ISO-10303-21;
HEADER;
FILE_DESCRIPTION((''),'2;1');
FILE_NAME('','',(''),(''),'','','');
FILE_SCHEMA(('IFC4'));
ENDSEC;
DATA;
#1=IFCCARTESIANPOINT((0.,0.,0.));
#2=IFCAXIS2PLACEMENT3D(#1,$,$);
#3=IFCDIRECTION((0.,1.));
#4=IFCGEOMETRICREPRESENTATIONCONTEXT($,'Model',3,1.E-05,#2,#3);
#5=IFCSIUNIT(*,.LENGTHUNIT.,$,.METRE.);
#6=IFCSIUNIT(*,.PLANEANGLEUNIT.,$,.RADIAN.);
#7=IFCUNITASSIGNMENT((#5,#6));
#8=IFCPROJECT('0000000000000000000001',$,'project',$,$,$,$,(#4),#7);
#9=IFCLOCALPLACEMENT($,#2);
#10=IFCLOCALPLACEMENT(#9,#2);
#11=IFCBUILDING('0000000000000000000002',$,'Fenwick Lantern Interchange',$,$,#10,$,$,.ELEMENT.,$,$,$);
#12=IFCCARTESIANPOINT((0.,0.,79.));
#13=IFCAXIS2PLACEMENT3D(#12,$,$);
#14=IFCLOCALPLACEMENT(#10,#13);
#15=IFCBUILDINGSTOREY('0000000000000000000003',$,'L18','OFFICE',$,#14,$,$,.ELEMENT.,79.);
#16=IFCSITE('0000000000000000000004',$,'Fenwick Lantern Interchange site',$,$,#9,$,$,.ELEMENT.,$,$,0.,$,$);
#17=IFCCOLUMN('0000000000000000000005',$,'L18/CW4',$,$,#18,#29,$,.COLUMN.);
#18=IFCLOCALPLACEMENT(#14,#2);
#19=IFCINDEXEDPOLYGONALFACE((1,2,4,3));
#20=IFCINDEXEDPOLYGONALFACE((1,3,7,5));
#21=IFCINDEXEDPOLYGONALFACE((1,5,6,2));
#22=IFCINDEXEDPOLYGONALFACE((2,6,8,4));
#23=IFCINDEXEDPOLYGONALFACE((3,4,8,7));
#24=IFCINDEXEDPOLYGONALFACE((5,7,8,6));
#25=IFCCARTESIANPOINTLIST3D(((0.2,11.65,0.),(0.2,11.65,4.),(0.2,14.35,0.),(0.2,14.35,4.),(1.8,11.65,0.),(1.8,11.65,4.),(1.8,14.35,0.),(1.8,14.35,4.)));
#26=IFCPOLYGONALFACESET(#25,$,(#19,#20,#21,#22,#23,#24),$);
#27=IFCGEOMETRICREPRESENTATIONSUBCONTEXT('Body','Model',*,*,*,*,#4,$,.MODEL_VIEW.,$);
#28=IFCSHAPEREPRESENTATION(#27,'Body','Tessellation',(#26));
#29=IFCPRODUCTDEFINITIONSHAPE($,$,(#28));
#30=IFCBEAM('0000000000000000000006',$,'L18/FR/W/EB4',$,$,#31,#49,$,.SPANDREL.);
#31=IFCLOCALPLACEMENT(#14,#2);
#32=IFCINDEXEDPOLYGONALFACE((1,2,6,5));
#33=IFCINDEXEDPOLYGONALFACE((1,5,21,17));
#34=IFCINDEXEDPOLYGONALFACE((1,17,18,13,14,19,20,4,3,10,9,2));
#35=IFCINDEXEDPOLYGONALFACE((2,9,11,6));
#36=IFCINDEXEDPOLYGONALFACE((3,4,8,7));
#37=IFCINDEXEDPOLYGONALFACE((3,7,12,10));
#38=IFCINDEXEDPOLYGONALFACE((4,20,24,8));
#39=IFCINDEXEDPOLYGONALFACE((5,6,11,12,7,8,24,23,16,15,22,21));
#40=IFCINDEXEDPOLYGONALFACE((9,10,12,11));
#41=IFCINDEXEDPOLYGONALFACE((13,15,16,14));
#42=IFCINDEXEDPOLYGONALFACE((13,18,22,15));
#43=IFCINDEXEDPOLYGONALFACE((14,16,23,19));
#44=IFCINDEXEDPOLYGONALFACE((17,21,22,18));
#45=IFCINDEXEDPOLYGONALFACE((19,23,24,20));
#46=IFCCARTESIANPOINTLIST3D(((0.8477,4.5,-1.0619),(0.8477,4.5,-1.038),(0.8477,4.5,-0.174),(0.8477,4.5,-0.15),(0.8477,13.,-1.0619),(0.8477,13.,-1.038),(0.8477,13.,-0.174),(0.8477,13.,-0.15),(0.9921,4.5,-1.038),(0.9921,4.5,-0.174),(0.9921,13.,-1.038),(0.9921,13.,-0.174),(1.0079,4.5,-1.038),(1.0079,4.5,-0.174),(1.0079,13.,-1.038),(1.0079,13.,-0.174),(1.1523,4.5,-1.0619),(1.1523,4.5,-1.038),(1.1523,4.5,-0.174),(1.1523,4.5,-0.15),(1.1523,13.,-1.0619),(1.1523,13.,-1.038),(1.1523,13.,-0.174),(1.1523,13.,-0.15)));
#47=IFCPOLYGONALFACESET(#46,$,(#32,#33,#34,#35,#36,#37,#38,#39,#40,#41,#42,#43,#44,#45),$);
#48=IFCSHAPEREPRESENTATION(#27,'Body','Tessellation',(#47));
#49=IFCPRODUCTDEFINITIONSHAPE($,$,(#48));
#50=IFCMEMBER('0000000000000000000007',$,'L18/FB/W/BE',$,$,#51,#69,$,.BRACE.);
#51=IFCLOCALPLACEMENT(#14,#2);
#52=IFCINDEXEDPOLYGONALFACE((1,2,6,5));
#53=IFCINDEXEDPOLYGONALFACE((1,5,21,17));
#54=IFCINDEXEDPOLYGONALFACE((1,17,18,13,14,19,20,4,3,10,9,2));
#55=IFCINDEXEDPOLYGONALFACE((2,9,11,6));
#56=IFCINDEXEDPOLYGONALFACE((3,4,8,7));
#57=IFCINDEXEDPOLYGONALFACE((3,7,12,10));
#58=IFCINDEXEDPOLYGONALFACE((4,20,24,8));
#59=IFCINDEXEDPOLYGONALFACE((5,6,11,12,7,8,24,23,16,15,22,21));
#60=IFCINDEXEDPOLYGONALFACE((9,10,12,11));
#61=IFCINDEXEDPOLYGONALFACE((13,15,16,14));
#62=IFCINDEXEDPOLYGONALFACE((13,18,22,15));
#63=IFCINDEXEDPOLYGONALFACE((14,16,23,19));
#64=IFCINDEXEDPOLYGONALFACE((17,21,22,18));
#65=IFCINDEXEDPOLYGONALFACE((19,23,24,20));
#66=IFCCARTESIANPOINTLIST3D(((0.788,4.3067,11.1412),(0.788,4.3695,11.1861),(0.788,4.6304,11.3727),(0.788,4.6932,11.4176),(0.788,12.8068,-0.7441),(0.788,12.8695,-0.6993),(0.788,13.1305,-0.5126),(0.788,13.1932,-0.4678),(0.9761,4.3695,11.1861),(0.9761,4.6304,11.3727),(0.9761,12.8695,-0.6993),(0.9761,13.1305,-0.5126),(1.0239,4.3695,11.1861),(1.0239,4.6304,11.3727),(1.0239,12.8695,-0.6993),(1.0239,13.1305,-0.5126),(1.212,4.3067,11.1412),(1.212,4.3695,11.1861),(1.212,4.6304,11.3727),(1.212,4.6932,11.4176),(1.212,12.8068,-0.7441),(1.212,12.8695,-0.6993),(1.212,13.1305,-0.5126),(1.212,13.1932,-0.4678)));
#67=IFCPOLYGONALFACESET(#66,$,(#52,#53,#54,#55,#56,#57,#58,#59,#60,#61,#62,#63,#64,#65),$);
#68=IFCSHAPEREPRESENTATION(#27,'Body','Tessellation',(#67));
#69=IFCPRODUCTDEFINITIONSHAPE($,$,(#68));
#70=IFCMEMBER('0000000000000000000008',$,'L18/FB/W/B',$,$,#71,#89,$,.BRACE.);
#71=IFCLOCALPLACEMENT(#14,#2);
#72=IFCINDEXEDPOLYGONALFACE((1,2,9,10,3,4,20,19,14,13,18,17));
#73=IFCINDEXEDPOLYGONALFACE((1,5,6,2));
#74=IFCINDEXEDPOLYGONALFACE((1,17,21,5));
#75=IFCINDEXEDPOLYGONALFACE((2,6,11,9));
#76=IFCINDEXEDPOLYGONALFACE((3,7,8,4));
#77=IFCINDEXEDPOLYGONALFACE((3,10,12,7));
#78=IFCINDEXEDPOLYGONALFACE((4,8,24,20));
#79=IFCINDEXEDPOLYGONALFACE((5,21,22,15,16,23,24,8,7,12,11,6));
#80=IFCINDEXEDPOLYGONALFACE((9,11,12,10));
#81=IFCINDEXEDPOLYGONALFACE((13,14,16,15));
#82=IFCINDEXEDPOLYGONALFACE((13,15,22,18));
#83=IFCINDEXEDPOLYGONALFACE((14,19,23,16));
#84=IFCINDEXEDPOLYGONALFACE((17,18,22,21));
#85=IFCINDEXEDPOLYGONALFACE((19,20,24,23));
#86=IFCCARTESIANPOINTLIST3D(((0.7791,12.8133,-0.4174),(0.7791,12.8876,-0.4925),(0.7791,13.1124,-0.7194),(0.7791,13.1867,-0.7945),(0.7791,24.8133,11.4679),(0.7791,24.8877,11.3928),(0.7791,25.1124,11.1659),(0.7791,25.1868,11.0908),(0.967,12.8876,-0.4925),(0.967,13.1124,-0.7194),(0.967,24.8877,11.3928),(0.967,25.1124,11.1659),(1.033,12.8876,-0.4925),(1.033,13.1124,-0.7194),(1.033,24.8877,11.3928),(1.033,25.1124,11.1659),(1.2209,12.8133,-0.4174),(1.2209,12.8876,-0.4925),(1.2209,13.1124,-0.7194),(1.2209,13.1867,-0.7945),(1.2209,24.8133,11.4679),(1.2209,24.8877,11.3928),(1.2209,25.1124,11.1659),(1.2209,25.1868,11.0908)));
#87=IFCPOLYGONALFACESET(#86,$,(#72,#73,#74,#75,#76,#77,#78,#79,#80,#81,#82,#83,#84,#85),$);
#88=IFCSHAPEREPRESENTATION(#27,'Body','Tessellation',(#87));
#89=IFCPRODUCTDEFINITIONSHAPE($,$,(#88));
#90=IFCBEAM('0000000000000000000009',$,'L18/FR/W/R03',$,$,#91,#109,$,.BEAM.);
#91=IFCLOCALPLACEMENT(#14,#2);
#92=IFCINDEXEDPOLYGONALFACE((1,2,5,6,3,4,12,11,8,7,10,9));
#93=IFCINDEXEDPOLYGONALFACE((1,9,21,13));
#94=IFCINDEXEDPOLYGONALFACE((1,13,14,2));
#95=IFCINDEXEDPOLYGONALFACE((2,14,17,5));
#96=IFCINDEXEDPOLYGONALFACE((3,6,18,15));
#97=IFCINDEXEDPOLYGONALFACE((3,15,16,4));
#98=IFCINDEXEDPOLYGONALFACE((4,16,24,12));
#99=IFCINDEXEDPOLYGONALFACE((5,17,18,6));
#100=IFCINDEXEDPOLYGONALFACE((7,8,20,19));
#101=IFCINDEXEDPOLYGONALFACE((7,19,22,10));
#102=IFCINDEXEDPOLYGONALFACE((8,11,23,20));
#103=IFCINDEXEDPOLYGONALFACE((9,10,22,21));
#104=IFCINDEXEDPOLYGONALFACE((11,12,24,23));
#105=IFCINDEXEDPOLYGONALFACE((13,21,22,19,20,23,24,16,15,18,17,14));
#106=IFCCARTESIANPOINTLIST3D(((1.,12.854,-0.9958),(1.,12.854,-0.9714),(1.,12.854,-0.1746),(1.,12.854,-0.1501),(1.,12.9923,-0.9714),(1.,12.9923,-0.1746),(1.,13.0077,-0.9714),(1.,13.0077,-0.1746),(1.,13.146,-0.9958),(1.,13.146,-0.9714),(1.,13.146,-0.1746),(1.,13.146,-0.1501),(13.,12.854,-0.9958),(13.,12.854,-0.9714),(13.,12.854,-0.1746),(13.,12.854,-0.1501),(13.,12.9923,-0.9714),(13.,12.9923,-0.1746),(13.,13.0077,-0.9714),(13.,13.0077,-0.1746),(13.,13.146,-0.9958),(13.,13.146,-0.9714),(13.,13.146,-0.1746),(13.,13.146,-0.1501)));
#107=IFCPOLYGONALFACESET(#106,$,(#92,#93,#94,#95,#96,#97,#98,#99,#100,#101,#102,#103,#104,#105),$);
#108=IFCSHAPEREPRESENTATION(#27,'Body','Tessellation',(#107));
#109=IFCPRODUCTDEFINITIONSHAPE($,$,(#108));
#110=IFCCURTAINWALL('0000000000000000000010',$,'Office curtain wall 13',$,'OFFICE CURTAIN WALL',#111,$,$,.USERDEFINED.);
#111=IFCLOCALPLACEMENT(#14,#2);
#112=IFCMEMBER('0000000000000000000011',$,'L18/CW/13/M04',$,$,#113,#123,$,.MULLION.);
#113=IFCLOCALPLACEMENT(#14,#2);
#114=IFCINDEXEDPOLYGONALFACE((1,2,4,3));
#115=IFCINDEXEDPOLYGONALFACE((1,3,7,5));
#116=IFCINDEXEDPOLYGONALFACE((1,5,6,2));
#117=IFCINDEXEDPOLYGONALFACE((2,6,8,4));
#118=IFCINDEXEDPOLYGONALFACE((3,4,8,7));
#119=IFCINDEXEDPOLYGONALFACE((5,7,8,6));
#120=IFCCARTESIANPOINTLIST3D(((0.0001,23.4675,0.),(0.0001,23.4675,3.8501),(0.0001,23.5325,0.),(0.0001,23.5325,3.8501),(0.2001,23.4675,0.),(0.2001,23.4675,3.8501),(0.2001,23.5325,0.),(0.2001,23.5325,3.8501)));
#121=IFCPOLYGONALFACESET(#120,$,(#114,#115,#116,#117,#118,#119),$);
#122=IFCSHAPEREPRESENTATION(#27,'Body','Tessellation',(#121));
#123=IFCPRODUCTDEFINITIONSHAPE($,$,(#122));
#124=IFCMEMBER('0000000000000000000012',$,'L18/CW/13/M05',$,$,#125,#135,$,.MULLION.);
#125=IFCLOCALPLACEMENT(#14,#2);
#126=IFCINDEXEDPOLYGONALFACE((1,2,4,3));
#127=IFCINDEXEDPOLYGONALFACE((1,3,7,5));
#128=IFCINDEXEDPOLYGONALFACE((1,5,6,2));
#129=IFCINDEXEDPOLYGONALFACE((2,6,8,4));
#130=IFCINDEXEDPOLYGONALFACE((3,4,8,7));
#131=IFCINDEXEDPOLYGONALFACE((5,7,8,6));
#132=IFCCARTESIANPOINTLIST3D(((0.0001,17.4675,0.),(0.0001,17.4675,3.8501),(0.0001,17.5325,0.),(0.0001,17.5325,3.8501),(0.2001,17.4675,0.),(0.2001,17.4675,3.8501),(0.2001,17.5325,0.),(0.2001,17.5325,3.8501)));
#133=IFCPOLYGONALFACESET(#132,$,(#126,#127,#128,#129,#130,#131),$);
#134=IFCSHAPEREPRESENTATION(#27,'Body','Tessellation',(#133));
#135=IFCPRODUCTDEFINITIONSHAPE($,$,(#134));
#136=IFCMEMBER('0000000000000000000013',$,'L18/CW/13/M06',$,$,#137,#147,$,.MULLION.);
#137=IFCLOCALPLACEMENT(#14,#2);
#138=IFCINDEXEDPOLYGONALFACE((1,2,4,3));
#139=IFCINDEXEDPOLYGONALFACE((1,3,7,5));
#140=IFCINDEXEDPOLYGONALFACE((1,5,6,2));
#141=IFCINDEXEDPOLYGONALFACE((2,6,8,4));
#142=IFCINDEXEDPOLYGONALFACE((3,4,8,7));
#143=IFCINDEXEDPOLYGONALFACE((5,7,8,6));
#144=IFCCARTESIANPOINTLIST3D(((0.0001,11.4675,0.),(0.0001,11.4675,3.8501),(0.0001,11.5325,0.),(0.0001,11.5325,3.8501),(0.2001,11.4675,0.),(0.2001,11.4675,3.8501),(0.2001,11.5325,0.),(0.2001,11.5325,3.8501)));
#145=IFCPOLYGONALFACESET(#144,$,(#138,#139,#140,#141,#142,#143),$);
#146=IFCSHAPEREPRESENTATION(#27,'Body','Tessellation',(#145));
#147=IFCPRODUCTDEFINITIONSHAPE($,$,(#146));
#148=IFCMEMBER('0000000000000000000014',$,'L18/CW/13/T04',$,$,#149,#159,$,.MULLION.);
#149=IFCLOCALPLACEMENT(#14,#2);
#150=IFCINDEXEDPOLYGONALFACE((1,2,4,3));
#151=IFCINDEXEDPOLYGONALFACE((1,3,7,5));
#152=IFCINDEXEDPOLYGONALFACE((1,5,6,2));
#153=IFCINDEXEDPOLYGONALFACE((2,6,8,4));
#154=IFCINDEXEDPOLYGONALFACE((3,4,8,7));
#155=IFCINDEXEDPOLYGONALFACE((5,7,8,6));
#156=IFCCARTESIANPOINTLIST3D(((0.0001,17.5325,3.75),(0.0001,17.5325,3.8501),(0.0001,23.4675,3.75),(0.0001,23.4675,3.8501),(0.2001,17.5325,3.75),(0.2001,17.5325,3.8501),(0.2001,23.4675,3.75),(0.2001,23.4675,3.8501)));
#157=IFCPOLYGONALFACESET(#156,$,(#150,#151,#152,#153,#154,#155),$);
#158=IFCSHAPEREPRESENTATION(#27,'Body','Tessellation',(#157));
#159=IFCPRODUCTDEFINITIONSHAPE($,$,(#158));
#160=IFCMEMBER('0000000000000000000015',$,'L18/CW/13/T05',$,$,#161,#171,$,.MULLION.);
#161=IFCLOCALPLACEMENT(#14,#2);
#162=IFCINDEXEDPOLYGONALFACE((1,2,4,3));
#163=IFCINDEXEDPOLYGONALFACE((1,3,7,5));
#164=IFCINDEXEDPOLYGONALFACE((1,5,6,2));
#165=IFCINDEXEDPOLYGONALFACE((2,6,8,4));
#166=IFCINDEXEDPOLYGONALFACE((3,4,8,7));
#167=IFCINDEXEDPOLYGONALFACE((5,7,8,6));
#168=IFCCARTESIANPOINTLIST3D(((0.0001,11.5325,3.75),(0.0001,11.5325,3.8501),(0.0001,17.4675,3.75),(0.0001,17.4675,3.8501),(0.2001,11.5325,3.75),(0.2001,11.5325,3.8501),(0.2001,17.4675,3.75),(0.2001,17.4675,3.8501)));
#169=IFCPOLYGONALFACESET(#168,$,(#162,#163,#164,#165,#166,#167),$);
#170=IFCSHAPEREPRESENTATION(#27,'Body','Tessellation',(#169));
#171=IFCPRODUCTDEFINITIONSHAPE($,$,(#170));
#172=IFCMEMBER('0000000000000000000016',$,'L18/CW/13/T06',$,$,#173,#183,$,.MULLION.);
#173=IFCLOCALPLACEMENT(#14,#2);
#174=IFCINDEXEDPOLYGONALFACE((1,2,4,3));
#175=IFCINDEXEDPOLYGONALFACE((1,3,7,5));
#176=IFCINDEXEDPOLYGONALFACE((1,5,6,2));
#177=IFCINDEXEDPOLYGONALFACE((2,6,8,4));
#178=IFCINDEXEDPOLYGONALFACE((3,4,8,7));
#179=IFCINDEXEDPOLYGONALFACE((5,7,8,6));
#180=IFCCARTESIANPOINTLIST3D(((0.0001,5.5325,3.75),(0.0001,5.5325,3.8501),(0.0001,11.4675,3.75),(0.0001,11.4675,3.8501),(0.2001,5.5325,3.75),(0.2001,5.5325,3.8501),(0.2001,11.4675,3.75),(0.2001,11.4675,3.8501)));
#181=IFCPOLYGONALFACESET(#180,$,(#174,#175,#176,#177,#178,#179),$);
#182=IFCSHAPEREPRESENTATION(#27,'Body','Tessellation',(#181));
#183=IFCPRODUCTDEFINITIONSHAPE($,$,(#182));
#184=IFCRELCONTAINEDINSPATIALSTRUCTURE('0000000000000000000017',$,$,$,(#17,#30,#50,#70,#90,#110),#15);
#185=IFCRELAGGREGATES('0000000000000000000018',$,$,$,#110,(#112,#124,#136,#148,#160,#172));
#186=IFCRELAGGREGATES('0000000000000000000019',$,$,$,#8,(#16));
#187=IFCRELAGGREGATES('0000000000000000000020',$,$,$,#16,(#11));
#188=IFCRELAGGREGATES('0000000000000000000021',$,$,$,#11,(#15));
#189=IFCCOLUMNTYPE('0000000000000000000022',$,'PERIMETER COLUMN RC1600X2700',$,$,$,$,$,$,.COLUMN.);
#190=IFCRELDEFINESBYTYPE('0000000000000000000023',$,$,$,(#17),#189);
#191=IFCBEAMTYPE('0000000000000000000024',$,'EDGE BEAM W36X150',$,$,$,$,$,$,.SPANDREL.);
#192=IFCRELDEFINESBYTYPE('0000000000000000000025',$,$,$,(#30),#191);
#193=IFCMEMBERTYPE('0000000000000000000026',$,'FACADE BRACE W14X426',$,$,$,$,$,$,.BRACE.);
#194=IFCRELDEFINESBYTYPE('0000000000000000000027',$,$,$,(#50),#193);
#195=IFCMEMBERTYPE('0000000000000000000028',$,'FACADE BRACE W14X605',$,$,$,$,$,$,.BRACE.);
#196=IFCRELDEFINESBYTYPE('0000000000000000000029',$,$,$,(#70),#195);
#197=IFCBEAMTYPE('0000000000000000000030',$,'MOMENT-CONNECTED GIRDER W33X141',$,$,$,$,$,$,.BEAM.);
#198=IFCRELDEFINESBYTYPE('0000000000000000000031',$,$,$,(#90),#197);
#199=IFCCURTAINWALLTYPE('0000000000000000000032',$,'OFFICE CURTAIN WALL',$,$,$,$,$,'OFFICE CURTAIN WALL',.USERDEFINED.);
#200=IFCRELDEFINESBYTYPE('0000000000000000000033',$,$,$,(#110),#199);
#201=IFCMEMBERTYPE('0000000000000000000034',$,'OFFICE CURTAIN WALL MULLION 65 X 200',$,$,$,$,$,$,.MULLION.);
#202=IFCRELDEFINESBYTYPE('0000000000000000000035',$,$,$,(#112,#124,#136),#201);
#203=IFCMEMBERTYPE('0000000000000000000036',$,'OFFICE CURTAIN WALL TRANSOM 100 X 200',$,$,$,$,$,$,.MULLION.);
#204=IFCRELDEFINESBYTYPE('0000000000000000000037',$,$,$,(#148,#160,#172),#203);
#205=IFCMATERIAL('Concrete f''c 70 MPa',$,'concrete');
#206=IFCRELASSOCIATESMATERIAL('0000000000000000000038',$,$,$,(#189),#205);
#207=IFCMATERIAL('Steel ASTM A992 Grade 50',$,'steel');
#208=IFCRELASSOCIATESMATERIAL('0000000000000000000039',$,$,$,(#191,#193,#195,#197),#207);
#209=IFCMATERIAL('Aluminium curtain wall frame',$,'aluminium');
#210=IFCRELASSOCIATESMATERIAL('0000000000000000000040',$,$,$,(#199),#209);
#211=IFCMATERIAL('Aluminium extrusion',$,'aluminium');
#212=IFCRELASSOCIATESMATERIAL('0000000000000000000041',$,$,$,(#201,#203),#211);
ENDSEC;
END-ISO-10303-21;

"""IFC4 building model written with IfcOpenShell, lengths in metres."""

from ifc_helpers import new_model, si_unit, direction, frame, origin, origin_2d, place, context, subcontext, project, spatial, rectangle, i_section, extrude, material, material_profile, profile_set, type_object, element, aggregate, save


model = new_model("IFC4")

# Units and contexts
model_context = context("Model", 3, precision=1e-05, world=origin(), true_north=direction((0.0, 1.0)))
body_context = subcontext(model_context, "Body", "Model", "MODEL_VIEW")
ifc_project = project(units=[si_unit("LENGTHUNIT", "METRE"), si_unit("PLANEANGLEUNIT", "RADIAN")], contexts=[model_context])

# Site, building, storey
site_placement = place(None, origin())
site = spatial("IfcSite", under=ifc_project, at=site_placement, Name="Fenwick Lantern Interchange site", CompositionType="ELEMENT", RefElevation=0.0)
building_placement = place(site_placement, origin())
building = spatial("IfcBuilding", under=site, at=building_placement, Name="Fenwick Lantern Interchange", CompositionType="ELEMENT")
storey_placement = place(building_placement, frame((0.0, 0.0, 79.0)))
storey = spatial("IfcBuildingStorey", under=building, at=storey_placement, Name="L18", Description="OFFICE", CompositionType="ELEMENT", Elevation=79.0)

# Column
ifc_material_1 = material(Name="Concrete f'c 70 MPa", Category="concrete")
ifc_material_profile_1 = material_profile(ifc_material_1, rectangle(XDim=1.6001, YDim=2.7, at=origin_2d()), Name="RC1600X2700")
ifc_profile_set_1 = profile_set([ifc_material_profile_1], Name="Concrete f'c 70 MPa")
column_type = type_object("IfcColumnType", Name="PERIMETER COLUMN RC1600X2700", PredefinedType="COLUMN", material=ifc_profile_set_1)
column_placement = place(storey_placement, frame((1.0, 13.0, 0.0), z_axis=(0.0, 0.0, 1.0), x_axis=(1.0, 0.0, 0.0)))
element("IfcColumn", 1, at=column_placement, inside=storey, type_object=column_type, Name="L18/CW4", PredefinedType="COLUMN", context=body_context, shape_type="SweptSolid", body=[
    extrude(rectangle(XDim=1.6001, YDim=2.7, at=origin_2d()), origin(), (0.0, 0.0, 1.0), 4.0),
])

# Beam
ifc_material_2 = material(Name="Steel ASTM A992 Grade 50", Category="steel")
ifc_material_profile_2 = material_profile(ifc_material_2, i_section(OverallWidth=0.3047, OverallDepth=0.9119, WebThickness=0.0159, FlangeThickness=0.0239, at=origin_2d()), Name="W36X150")
ifc_profile_set_2 = profile_set([ifc_material_profile_2], Name="Steel ASTM A992 Grade 50")
beam_type_1 = type_object("IfcBeamType", Name="EDGE BEAM W36X150", PredefinedType="SPANDREL", material=ifc_profile_set_2)
beam_1_placement = place(storey_placement, frame((1.0, 13.0, -0.606), z_axis=(0.0, -1.0, 0.0), x_axis=(1.0, 0.0, 0.0)))
element("IfcBeam", 2, at=beam_1_placement, inside=storey, type_object=beam_type_1, Name="L18/FR/W/EB4", PredefinedType="SPANDREL", context=body_context, shape_type="SweptSolid", body=[
    extrude(i_section(OverallWidth=0.3047, OverallDepth=0.9119, WebThickness=0.0159, FlangeThickness=0.0239, at=origin_2d()), origin(), (0.0, 0.0, 1.0), 8.5),
])

# Members
ifc_material_profile_3 = material_profile(ifc_material_2, i_section(OverallWidth=0.4241, OverallDepth=0.4751, WebThickness=0.0479, FlangeThickness=0.0771, at=origin_2d()), Name="W14X426")
ifc_profile_set_3 = profile_set([ifc_material_profile_3], Name="Steel ASTM A992 Grade 50")
member_type_1 = type_object("IfcMemberType", Name="FACADE BRACE W14X426", PredefinedType="BRACE", material=ifc_profile_set_3)
member_1_placement = place(storey_placement, frame((1.0, 13.0, -0.606), z_axis=(0.0, -0.581715, 0.813392), x_axis=(1.0, 0.0, 0.0)))
element("IfcMember", 3, at=member_1_placement, inside=storey, type_object=member_type_1, Name="L18/FB/W/BE", PredefinedType="BRACE", context=body_context, shape_type="SweptSolid", body=[
    extrude(i_section(OverallWidth=0.4241, OverallDepth=0.4751, WebThickness=0.0479, FlangeThickness=0.0771, at=origin_2d()), origin(), (0.0, 0.0, 1.0), 14.6121),
])
ifc_material_profile_4 = material_profile(ifc_material_2, i_section(OverallWidth=0.4419, OverallDepth=0.5308, WebThickness=0.0659, FlangeThickness=0.1057, at=origin_2d()), Name="W14X605")
ifc_profile_set_4 = profile_set([ifc_material_profile_4], Name="Steel ASTM A992 Grade 50")
member_type_2 = type_object("IfcMemberType", Name="FACADE BRACE W14X605", PredefinedType="BRACE", material=ifc_profile_set_4)
member_2_placement = place(storey_placement, frame((1.0, 13.0, -0.606), z_axis=(0.0, 0.710496, 0.703702), x_axis=(-1.0, 0.0, 0.0)))
element("IfcMember", 4, at=member_2_placement, inside=storey, type_object=member_type_2, Name="L18/FB/W/B", PredefinedType="BRACE", context=body_context, shape_type="SweptSolid", body=[
    extrude(i_section(OverallWidth=0.4419, OverallDepth=0.5308, WebThickness=0.0659, FlangeThickness=0.1057, at=origin_2d()), origin(), (0.0, 0.0, 1.0), 16.8896),
])

# Beam
ifc_material_profile_5 = material_profile(ifc_material_2, i_section(OverallWidth=0.292, OverallDepth=0.8457, WebThickness=0.0154, FlangeThickness=0.0244, at=origin_2d()), Name="W33X141")
ifc_profile_set_5 = profile_set([ifc_material_profile_5], Name="Steel ASTM A992 Grade 50")
beam_type_2 = type_object("IfcBeamType", Name="MOMENT-CONNECTED GIRDER W33X141", PredefinedType="BEAM", material=ifc_profile_set_5)
beam_2_placement = place(storey_placement, frame((1.0, 13.0, -0.573), z_axis=(1.0, 0.0, 0.0), x_axis=(0.0, 1.0, 0.0)))
element("IfcBeam", 5, at=beam_2_placement, inside=storey, type_object=beam_type_2, Name="L18/FR/W/R03", PredefinedType="BEAM", context=body_context, shape_type="SweptSolid", body=[
    extrude(i_section(OverallWidth=0.292, OverallDepth=0.8457, WebThickness=0.0154, FlangeThickness=0.0244, at=origin_2d()), origin(), (0.0, 0.0, 1.0), 12.0),
])

# Curtain wall, members
ifc_material_3 = material(Name="Aluminium curtain wall frame", Category="aluminium")
curtain_wall_type = type_object("IfcCurtainWallType", Name="OFFICE CURTAIN WALL", ElementType="OFFICE CURTAIN WALL", PredefinedType="USERDEFINED", material=ifc_material_3)
curtain_wall_placement = place(storey_placement, origin())
curtain_wall = element("IfcCurtainWall", 6, at=curtain_wall_placement, inside=storey, type_object=curtain_wall_type, Name="Office curtain wall 13", ObjectType="OFFICE CURTAIN WALL", PredefinedType="USERDEFINED")
ifc_material_4 = material(Name="Aluminium extrusion", Category="aluminium")
ifc_material_profile_6 = material_profile(ifc_material_4, rectangle(XDim=0.2, YDim=0.0649, at=origin_2d()), Name="OFFICE CURTAIN WALL MULLION 65 X 200")
ifc_profile_set_6 = profile_set([ifc_material_profile_6], Name="Aluminium extrusion")
member_type_3 = type_object("IfcMemberType", Name="OFFICE CURTAIN WALL MULLION 65 X 200", PredefinedType="MULLION", material=ifc_profile_set_6)
member_3_placement = place(storey_placement, frame((0.1001, 23.5, 0.0), z_axis=(0.0, 0.0, 1.0), x_axis=(1.0, 0.0, 0.0)))
member_3 = element("IfcMember", 7, at=member_3_placement, type_object=member_type_3, Name="L18/CW/13/M04", PredefinedType="MULLION", context=body_context, shape_type="SweptSolid", body=[
    extrude(rectangle(XDim=0.2, YDim=0.0649, at=origin_2d()), origin(), (0.0, 0.0, 1.0), 3.8501),
])
member_4_placement = place(storey_placement, frame((0.1001, 17.5, 0.0), z_axis=(0.0, 0.0, 1.0), x_axis=(1.0, 0.0, 0.0)))
member_4 = element("IfcMember", 8, at=member_4_placement, type_object=member_type_3, Name="L18/CW/13/M05", PredefinedType="MULLION", context=body_context, shape_type="SweptSolid", body=[
    extrude(rectangle(XDim=0.2, YDim=0.0649, at=origin_2d()), origin(), (0.0, 0.0, 1.0), 3.8501),
])
member_5_placement = place(storey_placement, frame((0.1001, 11.5, 0.0), z_axis=(0.0, 0.0, 1.0), x_axis=(1.0, 0.0, 0.0)))
member_5 = element("IfcMember", 9, at=member_5_placement, type_object=member_type_3, Name="L18/CW/13/M06", PredefinedType="MULLION", context=body_context, shape_type="SweptSolid", body=[
    extrude(rectangle(XDim=0.2, YDim=0.0649, at=origin_2d()), origin(), (0.0, 0.0, 1.0), 3.8501),
])
ifc_material_profile_7 = material_profile(ifc_material_4, rectangle(XDim=0.2, YDim=0.1001, at=origin_2d()), Name="OFFICE CURTAIN WALL TRANSOM 100 X 200")
ifc_profile_set_7 = profile_set([ifc_material_profile_7], Name="Aluminium extrusion")
member_type_4 = type_object("IfcMemberType", Name="OFFICE CURTAIN WALL TRANSOM 100 X 200", PredefinedType="MULLION", material=ifc_profile_set_7)
member_6_placement = place(storey_placement, frame((0.1001, 23.4675, 3.8), z_axis=(0.0, -1.0, 0.0), x_axis=(1.0, 0.0, 0.0)))
member_6 = element("IfcMember", 10, at=member_6_placement, type_object=member_type_4, Name="L18/CW/13/T04", PredefinedType="MULLION", context=body_context, shape_type="SweptSolid", body=[
    extrude(rectangle(XDim=0.2, YDim=0.1001, at=origin_2d()), origin(), (0.0, 0.0, 1.0), 5.9351),
])
member_7_placement = place(storey_placement, frame((0.1001, 17.4675, 3.8), z_axis=(0.0, -1.0, 0.0), x_axis=(1.0, 0.0, 0.0)))
member_7 = element("IfcMember", 11, at=member_7_placement, type_object=member_type_4, Name="L18/CW/13/T05", PredefinedType="MULLION", context=body_context, shape_type="SweptSolid", body=[
    extrude(rectangle(XDim=0.2, YDim=0.1001, at=origin_2d()), origin(), (0.0, 0.0, 1.0), 5.9351),
])
member_8_placement = place(storey_placement, frame((0.1001, 11.4675, 3.8), z_axis=(0.0, -1.0, 0.0), x_axis=(1.0, 0.0, 0.0)))
member_8 = element("IfcMember", 12, at=member_8_placement, type_object=member_type_4, Name="L18/CW/13/T06", PredefinedType="MULLION", context=body_context, shape_type="SweptSolid", body=[
    extrude(rectangle(XDim=0.2, YDim=0.1001, at=origin_2d()), origin(), (0.0, 0.0, 1.0), 5.9351),
])
aggregate(curtain_wall, [member_3, member_4, member_5, member_6, member_7, member_8])

save(model, "model.ifc")
